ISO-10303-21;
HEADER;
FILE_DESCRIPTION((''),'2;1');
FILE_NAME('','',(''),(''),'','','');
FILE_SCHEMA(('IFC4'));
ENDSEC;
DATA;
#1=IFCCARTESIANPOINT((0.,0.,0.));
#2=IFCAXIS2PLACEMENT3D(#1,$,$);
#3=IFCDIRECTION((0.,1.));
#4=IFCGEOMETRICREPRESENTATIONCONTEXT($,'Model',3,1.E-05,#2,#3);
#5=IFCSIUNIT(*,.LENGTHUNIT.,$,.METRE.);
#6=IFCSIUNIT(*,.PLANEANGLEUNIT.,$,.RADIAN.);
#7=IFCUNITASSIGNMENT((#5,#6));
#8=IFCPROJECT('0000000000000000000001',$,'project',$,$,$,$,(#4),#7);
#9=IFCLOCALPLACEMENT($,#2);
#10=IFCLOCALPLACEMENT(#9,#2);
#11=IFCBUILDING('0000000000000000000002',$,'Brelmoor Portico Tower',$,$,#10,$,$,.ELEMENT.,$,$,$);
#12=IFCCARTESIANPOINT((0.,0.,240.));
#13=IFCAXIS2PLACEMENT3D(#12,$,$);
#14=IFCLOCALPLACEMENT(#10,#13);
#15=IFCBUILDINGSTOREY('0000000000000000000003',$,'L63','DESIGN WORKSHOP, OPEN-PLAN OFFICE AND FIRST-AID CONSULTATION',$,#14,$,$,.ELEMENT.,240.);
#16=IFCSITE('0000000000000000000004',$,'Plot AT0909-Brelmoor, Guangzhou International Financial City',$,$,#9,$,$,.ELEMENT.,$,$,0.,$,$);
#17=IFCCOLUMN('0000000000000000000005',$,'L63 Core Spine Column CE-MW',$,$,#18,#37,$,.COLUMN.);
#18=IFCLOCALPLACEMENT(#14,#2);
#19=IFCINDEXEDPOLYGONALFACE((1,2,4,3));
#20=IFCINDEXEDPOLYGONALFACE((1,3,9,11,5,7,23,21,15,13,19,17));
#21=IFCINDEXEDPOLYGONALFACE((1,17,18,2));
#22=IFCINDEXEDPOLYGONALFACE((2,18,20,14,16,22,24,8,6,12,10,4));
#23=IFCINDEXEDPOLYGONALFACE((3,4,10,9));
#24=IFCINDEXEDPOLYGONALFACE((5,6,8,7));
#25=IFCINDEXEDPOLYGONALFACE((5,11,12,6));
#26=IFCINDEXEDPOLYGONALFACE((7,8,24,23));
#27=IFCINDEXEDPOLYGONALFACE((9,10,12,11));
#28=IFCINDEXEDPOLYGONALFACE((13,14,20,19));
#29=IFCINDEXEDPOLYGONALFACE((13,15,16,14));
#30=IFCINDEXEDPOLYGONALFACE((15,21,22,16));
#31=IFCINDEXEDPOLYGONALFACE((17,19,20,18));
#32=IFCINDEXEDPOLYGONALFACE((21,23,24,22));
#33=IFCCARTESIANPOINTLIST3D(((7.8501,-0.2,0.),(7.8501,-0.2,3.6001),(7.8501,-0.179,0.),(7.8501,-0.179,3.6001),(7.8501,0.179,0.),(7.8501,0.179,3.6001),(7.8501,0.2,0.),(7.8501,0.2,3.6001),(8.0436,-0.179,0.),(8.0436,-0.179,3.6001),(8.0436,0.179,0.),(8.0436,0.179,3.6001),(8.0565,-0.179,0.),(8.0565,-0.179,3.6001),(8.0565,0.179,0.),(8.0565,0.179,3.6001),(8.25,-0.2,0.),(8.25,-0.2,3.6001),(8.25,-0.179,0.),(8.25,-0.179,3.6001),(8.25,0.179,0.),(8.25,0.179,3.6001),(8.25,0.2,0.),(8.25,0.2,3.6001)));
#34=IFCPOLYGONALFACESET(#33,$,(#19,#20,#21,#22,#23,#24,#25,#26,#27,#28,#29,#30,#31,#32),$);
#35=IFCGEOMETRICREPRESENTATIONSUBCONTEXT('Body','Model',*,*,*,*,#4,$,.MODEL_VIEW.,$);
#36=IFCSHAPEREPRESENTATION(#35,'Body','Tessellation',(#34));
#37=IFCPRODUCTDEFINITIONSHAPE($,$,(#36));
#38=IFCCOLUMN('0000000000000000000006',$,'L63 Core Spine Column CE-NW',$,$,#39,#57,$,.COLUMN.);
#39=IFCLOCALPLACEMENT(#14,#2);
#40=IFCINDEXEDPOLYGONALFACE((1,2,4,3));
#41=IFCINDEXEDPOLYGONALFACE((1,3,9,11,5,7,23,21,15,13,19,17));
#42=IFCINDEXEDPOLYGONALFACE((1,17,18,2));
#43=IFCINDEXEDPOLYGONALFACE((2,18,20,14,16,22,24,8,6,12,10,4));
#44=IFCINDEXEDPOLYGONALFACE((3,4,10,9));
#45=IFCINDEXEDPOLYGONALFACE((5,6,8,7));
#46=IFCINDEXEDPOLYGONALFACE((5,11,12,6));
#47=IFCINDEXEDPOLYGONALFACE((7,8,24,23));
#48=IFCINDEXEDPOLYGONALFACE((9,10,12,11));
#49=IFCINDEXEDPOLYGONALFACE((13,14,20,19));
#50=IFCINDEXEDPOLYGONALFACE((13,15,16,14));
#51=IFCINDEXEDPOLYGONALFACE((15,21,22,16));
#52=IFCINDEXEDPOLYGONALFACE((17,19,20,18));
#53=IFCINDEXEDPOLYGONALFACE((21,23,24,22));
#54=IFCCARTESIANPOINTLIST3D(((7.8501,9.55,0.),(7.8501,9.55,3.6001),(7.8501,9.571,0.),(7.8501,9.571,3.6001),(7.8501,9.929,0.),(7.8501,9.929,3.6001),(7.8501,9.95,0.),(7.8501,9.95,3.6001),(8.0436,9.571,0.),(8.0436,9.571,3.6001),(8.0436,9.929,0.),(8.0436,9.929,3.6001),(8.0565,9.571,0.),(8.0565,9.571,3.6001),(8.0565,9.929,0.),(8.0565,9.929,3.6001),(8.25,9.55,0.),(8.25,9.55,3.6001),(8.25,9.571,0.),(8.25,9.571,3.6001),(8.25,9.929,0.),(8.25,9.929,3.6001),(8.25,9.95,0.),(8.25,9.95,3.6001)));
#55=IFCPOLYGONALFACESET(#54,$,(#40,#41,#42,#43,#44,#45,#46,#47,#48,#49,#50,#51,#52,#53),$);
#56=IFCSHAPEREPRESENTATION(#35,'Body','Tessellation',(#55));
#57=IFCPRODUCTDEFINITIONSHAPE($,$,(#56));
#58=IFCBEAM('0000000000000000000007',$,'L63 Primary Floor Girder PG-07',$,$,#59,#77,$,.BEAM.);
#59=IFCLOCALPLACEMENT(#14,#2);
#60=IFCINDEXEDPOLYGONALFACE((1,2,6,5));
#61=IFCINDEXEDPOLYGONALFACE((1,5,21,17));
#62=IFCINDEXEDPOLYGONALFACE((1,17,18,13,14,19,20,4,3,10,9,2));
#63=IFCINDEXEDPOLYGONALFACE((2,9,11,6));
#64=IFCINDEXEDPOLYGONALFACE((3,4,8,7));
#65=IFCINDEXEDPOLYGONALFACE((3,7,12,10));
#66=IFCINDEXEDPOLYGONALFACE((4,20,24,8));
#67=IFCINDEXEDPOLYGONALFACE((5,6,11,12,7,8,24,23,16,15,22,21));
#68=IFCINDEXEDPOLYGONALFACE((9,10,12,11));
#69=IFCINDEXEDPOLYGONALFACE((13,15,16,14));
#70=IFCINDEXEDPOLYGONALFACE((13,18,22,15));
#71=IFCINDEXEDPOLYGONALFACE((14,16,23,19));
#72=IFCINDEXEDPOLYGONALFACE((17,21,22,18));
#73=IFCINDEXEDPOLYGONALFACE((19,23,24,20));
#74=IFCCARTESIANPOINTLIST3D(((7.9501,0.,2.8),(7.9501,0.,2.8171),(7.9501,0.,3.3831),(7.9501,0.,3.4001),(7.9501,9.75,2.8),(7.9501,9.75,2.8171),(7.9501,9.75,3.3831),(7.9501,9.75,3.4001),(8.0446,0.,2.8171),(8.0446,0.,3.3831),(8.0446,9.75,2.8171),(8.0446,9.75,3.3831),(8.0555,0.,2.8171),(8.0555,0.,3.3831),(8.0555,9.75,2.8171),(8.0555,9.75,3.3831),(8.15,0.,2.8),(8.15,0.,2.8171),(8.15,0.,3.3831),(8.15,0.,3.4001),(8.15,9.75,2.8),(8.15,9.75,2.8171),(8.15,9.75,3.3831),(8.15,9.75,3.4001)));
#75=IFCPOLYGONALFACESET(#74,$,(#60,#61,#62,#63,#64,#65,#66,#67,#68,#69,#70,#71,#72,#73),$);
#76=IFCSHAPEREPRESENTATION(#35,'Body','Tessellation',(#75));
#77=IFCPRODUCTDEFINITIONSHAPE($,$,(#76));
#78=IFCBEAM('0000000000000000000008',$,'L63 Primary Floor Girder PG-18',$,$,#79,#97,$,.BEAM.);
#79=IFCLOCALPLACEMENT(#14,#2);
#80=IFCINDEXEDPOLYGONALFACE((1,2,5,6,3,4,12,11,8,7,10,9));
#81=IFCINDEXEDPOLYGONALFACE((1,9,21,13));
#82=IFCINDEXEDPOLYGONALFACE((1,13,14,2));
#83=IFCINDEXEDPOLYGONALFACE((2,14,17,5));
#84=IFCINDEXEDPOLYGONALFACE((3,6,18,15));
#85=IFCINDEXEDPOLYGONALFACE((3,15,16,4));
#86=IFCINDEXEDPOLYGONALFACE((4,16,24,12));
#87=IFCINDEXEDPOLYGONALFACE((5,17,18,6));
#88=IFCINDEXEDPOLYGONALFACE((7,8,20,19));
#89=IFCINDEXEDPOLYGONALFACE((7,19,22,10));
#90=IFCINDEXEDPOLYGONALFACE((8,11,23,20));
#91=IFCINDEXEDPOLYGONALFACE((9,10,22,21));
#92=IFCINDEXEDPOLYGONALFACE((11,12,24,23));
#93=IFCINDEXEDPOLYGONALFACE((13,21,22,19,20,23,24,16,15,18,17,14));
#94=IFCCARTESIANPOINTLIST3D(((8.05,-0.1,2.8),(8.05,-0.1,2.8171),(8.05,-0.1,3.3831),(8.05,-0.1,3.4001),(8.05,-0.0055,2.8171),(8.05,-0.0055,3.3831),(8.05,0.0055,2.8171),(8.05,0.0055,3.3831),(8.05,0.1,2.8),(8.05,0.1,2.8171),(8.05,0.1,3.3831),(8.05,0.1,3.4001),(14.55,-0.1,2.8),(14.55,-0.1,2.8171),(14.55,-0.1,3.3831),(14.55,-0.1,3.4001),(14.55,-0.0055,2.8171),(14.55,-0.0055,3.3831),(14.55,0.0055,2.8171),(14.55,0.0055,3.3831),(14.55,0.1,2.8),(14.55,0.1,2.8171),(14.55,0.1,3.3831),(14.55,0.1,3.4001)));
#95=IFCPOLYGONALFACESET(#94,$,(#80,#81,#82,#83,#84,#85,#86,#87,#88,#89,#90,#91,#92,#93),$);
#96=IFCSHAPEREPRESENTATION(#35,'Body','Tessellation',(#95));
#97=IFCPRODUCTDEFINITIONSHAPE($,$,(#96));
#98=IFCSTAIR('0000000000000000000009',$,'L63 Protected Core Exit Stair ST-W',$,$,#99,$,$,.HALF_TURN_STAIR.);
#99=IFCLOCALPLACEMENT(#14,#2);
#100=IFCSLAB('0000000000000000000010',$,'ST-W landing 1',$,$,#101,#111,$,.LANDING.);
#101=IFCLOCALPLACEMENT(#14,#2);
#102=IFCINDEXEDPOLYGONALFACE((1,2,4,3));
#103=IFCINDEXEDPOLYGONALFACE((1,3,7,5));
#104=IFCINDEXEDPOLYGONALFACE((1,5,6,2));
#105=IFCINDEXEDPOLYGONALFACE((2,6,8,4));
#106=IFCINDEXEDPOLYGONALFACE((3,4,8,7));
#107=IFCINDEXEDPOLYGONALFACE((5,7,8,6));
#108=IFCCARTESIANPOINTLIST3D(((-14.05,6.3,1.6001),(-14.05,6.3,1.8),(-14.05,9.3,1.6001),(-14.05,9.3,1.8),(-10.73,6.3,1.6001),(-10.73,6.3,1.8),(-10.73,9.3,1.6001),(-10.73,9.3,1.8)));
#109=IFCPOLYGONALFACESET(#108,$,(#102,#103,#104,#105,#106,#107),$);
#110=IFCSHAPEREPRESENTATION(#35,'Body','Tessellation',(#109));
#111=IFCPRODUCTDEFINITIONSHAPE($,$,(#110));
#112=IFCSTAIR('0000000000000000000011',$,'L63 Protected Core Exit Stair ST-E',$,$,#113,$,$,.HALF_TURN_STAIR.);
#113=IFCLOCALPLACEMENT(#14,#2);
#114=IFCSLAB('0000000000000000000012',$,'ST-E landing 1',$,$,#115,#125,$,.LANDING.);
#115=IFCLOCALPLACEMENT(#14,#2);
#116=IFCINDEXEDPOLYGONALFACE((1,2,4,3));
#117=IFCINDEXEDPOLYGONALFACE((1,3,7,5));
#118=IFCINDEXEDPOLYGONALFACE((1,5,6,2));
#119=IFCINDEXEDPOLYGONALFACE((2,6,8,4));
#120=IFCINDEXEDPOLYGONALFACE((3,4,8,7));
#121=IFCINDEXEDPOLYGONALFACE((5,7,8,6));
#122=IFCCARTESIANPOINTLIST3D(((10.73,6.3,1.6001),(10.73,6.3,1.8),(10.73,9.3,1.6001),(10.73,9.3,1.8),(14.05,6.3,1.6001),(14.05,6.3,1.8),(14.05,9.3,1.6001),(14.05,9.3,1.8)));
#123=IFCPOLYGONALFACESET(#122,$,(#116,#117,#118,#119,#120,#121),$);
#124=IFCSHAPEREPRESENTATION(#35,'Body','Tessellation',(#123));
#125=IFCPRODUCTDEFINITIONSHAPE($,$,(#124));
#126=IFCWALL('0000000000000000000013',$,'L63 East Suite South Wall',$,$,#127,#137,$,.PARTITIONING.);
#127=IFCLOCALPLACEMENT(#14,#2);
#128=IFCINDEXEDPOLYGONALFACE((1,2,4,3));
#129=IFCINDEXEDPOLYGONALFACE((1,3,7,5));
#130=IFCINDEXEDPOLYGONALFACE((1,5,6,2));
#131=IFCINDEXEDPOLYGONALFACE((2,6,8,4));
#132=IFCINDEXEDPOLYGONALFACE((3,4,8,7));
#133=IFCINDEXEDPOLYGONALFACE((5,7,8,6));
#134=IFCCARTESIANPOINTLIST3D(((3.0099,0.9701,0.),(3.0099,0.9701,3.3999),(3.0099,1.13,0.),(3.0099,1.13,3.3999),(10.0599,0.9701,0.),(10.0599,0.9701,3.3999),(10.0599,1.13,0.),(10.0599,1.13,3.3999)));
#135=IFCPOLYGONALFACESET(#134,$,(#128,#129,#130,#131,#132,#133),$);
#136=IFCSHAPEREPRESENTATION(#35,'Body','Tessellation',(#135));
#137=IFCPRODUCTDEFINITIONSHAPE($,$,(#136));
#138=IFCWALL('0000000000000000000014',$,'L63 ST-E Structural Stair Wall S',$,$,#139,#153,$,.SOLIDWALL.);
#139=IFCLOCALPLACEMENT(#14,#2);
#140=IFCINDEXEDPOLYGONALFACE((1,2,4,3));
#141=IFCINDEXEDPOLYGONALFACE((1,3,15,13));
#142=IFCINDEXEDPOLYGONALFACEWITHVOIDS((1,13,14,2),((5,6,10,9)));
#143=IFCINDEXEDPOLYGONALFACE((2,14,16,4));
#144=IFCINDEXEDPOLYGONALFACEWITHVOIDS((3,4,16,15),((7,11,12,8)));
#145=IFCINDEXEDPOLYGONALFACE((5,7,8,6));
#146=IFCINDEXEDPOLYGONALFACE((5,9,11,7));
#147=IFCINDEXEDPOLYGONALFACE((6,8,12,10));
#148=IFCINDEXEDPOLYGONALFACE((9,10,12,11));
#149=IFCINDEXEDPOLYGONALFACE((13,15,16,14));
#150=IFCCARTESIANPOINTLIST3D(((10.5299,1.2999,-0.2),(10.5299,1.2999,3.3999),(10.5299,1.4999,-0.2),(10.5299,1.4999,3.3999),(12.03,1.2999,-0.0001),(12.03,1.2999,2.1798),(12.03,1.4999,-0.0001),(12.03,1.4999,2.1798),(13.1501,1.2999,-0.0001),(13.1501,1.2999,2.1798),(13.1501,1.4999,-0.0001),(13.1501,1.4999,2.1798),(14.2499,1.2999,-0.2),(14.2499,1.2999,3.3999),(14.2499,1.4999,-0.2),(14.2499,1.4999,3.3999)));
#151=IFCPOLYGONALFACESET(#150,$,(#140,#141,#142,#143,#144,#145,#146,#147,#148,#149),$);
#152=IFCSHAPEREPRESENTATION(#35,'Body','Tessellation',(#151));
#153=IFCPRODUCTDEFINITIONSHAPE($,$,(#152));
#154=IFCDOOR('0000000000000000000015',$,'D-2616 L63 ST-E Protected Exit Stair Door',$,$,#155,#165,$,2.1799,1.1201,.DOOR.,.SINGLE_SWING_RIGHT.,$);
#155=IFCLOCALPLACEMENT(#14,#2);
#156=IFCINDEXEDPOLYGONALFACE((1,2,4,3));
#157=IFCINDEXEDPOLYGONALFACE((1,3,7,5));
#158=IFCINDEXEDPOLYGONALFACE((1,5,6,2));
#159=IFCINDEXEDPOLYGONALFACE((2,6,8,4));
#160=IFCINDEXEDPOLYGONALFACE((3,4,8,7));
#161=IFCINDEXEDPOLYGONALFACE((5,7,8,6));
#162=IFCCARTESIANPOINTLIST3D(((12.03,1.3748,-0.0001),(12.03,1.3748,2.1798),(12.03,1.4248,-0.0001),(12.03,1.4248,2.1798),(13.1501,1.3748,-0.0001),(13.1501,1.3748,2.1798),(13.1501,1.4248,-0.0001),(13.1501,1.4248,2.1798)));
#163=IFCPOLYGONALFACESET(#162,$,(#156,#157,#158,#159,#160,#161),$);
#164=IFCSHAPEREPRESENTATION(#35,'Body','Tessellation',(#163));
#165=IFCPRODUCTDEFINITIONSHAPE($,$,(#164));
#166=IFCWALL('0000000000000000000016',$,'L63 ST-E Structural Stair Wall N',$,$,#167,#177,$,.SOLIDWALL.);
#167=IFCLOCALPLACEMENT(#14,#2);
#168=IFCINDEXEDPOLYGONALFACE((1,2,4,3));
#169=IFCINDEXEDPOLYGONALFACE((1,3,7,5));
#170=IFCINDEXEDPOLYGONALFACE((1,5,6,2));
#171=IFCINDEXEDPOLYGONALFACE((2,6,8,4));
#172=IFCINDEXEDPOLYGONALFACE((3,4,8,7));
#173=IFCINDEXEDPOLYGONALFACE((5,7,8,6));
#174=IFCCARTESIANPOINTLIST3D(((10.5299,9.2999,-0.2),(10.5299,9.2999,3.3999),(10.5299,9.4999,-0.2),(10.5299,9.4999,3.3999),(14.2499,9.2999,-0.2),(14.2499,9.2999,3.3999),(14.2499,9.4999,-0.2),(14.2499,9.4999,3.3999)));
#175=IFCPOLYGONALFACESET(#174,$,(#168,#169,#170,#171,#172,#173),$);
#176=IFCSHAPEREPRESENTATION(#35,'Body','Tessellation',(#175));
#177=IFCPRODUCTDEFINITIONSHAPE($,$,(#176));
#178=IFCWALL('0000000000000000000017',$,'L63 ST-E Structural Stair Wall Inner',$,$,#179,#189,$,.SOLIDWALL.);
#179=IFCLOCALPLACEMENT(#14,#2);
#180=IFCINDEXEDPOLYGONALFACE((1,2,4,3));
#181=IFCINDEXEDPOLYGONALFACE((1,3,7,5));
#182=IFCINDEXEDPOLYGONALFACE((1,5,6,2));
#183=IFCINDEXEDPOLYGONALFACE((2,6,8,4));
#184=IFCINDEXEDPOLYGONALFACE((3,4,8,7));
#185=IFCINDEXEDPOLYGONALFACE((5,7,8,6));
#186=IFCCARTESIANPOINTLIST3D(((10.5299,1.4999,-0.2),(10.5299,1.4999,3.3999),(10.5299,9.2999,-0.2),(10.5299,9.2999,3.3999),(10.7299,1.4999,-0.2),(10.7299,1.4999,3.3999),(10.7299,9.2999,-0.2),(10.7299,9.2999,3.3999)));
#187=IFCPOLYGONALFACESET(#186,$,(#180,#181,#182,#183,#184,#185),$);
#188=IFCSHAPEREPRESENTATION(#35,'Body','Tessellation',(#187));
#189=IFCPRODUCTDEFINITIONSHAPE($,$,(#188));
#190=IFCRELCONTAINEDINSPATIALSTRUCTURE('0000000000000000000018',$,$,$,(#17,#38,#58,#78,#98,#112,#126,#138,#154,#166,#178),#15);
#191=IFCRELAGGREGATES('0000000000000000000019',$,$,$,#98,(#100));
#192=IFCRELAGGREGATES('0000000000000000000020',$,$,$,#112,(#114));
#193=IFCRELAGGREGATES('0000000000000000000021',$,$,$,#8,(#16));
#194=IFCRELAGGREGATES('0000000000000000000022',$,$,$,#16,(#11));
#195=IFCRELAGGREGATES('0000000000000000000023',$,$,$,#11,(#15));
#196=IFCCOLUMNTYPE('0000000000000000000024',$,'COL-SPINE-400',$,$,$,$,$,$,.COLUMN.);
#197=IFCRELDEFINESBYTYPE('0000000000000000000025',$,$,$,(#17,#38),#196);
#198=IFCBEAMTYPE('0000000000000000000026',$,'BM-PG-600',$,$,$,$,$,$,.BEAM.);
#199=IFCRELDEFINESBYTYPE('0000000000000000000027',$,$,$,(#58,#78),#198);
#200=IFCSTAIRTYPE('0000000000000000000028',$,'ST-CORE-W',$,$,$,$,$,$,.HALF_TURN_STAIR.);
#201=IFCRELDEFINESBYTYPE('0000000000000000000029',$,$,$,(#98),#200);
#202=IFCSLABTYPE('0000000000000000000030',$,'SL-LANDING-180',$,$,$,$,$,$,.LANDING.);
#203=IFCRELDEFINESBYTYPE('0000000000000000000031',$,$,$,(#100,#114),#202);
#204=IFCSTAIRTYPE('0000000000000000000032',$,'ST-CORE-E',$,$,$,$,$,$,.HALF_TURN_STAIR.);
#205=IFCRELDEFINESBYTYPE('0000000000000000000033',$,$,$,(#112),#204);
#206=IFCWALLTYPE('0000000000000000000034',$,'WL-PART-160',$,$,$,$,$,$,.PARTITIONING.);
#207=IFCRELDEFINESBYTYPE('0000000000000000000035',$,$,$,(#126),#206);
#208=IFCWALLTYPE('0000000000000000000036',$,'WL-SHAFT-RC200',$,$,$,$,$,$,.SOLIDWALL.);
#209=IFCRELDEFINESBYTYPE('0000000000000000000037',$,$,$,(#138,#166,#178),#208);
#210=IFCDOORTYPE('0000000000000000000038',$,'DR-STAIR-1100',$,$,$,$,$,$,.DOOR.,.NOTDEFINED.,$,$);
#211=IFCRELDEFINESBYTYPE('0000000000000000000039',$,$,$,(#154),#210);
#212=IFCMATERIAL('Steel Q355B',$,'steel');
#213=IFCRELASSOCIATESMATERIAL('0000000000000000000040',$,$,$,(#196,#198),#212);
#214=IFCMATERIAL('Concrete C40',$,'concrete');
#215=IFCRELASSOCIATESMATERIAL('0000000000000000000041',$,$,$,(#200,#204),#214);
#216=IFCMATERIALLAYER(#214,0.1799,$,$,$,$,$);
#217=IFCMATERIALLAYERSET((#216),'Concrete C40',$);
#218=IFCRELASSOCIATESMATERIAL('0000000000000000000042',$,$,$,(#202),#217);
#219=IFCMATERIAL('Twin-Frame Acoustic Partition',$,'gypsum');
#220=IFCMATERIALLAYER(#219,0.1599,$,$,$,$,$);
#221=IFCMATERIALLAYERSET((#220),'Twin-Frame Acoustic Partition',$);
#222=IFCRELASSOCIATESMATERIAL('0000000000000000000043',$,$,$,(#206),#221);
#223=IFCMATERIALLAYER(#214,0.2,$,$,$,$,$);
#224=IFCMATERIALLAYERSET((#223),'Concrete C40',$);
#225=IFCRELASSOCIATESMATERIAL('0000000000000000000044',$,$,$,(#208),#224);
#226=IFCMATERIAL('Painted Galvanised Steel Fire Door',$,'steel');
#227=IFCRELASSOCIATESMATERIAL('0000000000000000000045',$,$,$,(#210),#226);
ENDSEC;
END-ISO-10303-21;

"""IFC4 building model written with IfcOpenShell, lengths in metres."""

from ifc_helpers import new_model, si_unit, direction, frame, frame_2d, origin, origin_2d, place, context, subcontext, project, spatial, polyline, rectangle, i_section, outline, extrude, material, layer, layer_set, material_profile, profile_set, type_object, element, fill, aggregate, save


model = new_model("IFC4")

# Units and contexts
model_context = context("Model", 3, precision=1e-05, world=origin(), true_north=direction((0.0, 1.0)))
body_context = subcontext(model_context, "Body", "Model", "MODEL_VIEW")
ifc_project = project(units=[si_unit("LENGTHUNIT", "METRE"), si_unit("PLANEANGLEUNIT", "RADIAN")], contexts=[model_context])

# Site, building, storey
site_placement = place(None, origin())
site = spatial("IfcSite", under=ifc_project, at=site_placement, Name="Plot AT0909-Brelmoor, Guangzhou International Financial City", CompositionType="ELEMENT", RefElevation=0.0)
building_placement = place(site_placement, origin())
building = spatial("IfcBuilding", under=site, at=building_placement, Name="Brelmoor Portico Tower", CompositionType="ELEMENT")
storey_placement = place(building_placement, frame((0.0, 0.0, 240.0)))
storey = spatial("IfcBuildingStorey", under=building, at=storey_placement, Name="L63", Description="DESIGN WORKSHOP, OPEN-PLAN OFFICE AND FIRST-AID CONSULTATION", CompositionType="ELEMENT", Elevation=240.0)

# Columns
ifc_material_1 = material(Name="Steel Q355B", Category="steel")
ifc_material_profile_1 = material_profile(ifc_material_1, i_section(OverallWidth=0.3999, OverallDepth=0.3999, WebThickness=0.0129, FlangeThickness=0.021, at=origin_2d()), Name="HW 400x400x13x21")
ifc_profile_set_1 = profile_set([ifc_material_profile_1], Name="Steel Q355B")
column_type = type_object("IfcColumnType", Name="COL-SPINE-400", PredefinedType="COLUMN", material=ifc_profile_set_1)
for number, where, z_axis, x_axis, name in (
    (1, (8.05, 0.0, 0.0), (0.0, 0.0, 1.0), (1.0, 0.0, 0.0), "L63 Core Spine Column CE-MW"),
    (2, (8.05, 9.75, 0.0), (0.0, 0.0, 1.0), (1.0, 0.0, 0.0), "L63 Core Spine Column CE-NW"),
):
    element("IfcColumn", number, at=place(storey_placement, frame(where, z_axis=z_axis, x_axis=x_axis)), inside=storey, type_object=column_type, Name=name, PredefinedType="COLUMN", context=body_context, shape_type="SweptSolid", body=[
        extrude(i_section(OverallWidth=0.3999, OverallDepth=0.3999, WebThickness=0.0129, FlangeThickness=0.021, at=origin_2d()), origin(), (0.0, 0.0, 1.0), 3.6001),
    ])

# Beams
ifc_material_profile_2 = material_profile(ifc_material_1, i_section(OverallWidth=0.2, OverallDepth=0.6001, WebThickness=0.011, FlangeThickness=0.0171, at=origin_2d()), Name="HN 600x200x11x17")
ifc_profile_set_2 = profile_set([ifc_material_profile_2], Name="Steel Q355B")
beam_type = type_object("IfcBeamType", Name="BM-PG-600", PredefinedType="BEAM", material=ifc_profile_set_2)
beam_1_placement = place(storey_placement, frame((8.05, 0.0, 3.1001), z_axis=(0.0, 1.0, 0.0), x_axis=(-1.0, 0.0, 0.0)))
element("IfcBeam", 3, at=beam_1_placement, inside=storey, type_object=beam_type, Name="L63 Primary Floor Girder PG-07", PredefinedType="BEAM", context=body_context, shape_type="SweptSolid", body=[
    extrude(i_section(OverallWidth=0.2, OverallDepth=0.6001, WebThickness=0.011, FlangeThickness=0.0171, at=origin_2d()), origin(), (0.0, 0.0, 1.0), 9.75),
])
beam_2_placement = place(storey_placement, frame((8.05, 0.0, 3.1001), z_axis=(1.0, 0.0, 0.0), x_axis=(0.0, 1.0, 0.0)))
element("IfcBeam", 4, at=beam_2_placement, inside=storey, type_object=beam_type, Name="L63 Primary Floor Girder PG-18", PredefinedType="BEAM", context=body_context, shape_type="SweptSolid", body=[
    extrude(i_section(OverallWidth=0.2, OverallDepth=0.6001, WebThickness=0.011, FlangeThickness=0.0171, at=origin_2d()), origin(), (0.0, 0.0, 1.0), 6.5),
])

# Stairs, slabs
ifc_material_2 = material(Name="Concrete C40", Category="concrete")
stair_type_1 = type_object("IfcStairType", Name="ST-CORE-W", PredefinedType="HALF_TURN_STAIR", material=ifc_material_2)
stair_1_placement = place(storey_placement, origin())
stair_1 = element("IfcStair", 5, at=stair_1_placement, inside=storey, type_object=stair_type_1, Name="L63 Protected Core Exit Stair ST-W", PredefinedType="HALF_TURN_STAIR")
ifc_layer_1 = layer(ifc_material_2, 0.1799)
ifc_layer_set_1 = layer_set([ifc_layer_1], Name="Concrete C40")
slab_type = type_object("IfcSlabType", Name="SL-LANDING-180", PredefinedType="LANDING", material=ifc_layer_set_1)
slab_1_placement = place(storey_placement, frame((0.0, 0.0, 1.6001)))
slab_1 = element("IfcSlab", 6, at=slab_1_placement, type_object=slab_type, Name="ST-W landing 1", PredefinedType="LANDING", context=body_context, shape_type="SweptSolid", body=[
    extrude(outline(polyline([(-10.73, 6.3), (-10.73, 9.3), (-14.05, 9.3), (-14.05, 6.3), (-10.73, 6.3)])), origin(), (0.0, 0.0, 1.0), 0.2),
])
aggregate(stair_1, [slab_1])
stair_type_2 = type_object("IfcStairType", Name="ST-CORE-E", PredefinedType="HALF_TURN_STAIR", material=ifc_material_2)
stair_2_placement = place(storey_placement, origin())
stair_2 = element("IfcStair", 7, at=stair_2_placement, inside=storey, type_object=stair_type_2, Name="L63 Protected Core Exit Stair ST-E", PredefinedType="HALF_TURN_STAIR")
slab_2_placement = place(storey_placement, frame((0.0, 0.0, 1.6001)))
slab_2 = element("IfcSlab", 8, at=slab_2_placement, type_object=slab_type, Name="ST-E landing 1", PredefinedType="LANDING", context=body_context, shape_type="SweptSolid", body=[
    extrude(outline(polyline([(14.05, 6.3), (14.05, 9.3), (10.73, 9.3), (10.73, 6.3), (14.05, 6.3)])), origin(), (0.0, 0.0, 1.0), 0.2),
])

# Wall
ifc_material_3 = material(Name="Twin-Frame Acoustic Partition", Category="gypsum")
ifc_layer_2 = layer(ifc_material_3, 0.1599)
ifc_layer_set_2 = layer_set([ifc_layer_2], Name="Twin-Frame Acoustic Partition")
wall_type_1 = type_object("IfcWallType", Name="WL-PART-160", PredefinedType="PARTITIONING", material=ifc_layer_set_2)
wall_1_placement = place(storey_placement, frame((3.01, 1.05, 0.0), z_axis=(0.0, 0.0, 1.0), x_axis=(1.0, 0.0, 0.0)))
element("IfcWall", 9, at=wall_1_placement, inside=storey, type_object=wall_type_1, Name="L63 East Suite South Wall", PredefinedType="PARTITIONING", context=body_context, shape_type="SweptSolid", body=[
    extrude(rectangle(XDim=7.05, YDim=0.1599, at=frame_2d((3.5249, 0.0))), origin(), (0.0, 0.0, 1.0), 3.3999),
])

# Wall, opening, door
ifc_layer_3 = layer(ifc_material_2, 0.2)
ifc_layer_set_3 = layer_set([ifc_layer_3], Name="Concrete C40")
wall_type_2 = type_object("IfcWallType", Name="WL-SHAFT-RC200", PredefinedType="SOLIDWALL", material=ifc_layer_set_3)
wall_2_placement = place(storey_placement, frame((10.53, 1.3999, -0.2), z_axis=(0.0, 0.0, 1.0), x_axis=(1.0, 0.0, 0.0)))
wall_2 = element("IfcWall", 10, at=wall_2_placement, inside=storey, type_object=wall_type_2, Name="L63 ST-E Structural Stair Wall S", PredefinedType="SOLIDWALL", context=body_context, shape_type="SweptSolid", body=[
    extrude(rectangle(XDim=3.72, YDim=0.2, at=frame_2d((1.8599, 0.0))), origin(), (0.0, 0.0, 1.0), 3.5999),
])
opening_placement = place(wall_2_placement, frame((1.5, 0.0, 0.2)))
opening = element("IfcOpeningElement", 11, at=opening_placement, cuts=wall_2, PredefinedType="OPENING", context=body_context, shape_type="SweptSolid", body=[
    extrude(rectangle(XDim=1.1201, YDim=2.1799, at=frame_2d((0.5601, 1.0898))), frame((0.0, 0.1099, 0.0), z_axis=(0.0, -1.0, 0.0), x_axis=(1.0, 0.0, 0.0)), (0.0, 0.0, 1.0), 0.22),
])
ifc_material_4 = material(Name="Painted Galvanised Steel Fire Door", Category="steel")
door_type = type_object("IfcDoorType", Name="DR-STAIR-1100", OperationType="NOTDEFINED", PredefinedType="DOOR", material=ifc_material_4)
door_placement = place(opening_placement, origin())
door = element("IfcDoor", 12, at=door_placement, inside=storey, type_object=door_type, Name="D-2616 L63 ST-E Protected Exit Stair Door", OperationType="SINGLE_SWING_RIGHT", OverallHeight=2.1799, OverallWidth=1.1201, PredefinedType="DOOR", context=body_context, shape_type="SweptSolid", body=[
    extrude(rectangle(XDim=1.1201, YDim=2.1799, at=frame_2d((0.5601, 1.0898))), frame((0.0, 0.0249, 0.0), z_axis=(0.0, -1.0, 0.0), x_axis=(1.0, 0.0, 0.0)), (0.0, 0.0, 1.0), 0.05),
])
fill(opening, door)

# Walls
wall_3_placement = place(storey_placement, frame((10.53, 9.3999, -0.2), z_axis=(0.0, 0.0, 1.0), x_axis=(1.0, 0.0, 0.0)))
element("IfcWall", 13, at=wall_3_placement, inside=storey, type_object=wall_type_2, Name="L63 ST-E Structural Stair Wall N", PredefinedType="SOLIDWALL", context=body_context, shape_type="SweptSolid", body=[
    extrude(rectangle(XDim=3.72, YDim=0.2, at=frame_2d((1.8599, 0.0))), origin(), (0.0, 0.0, 1.0), 3.5999),
])
wall_4_placement = place(storey_placement, frame((10.6299, 1.5, -0.2), z_axis=(0.0, 0.0, 1.0), x_axis=(0.0, 1.0, 0.0)))
element("IfcWall", 14, at=wall_4_placement, inside=storey, type_object=wall_type_2, Name="L63 ST-E Structural Stair Wall Inner", PredefinedType="SOLIDWALL", context=body_context, shape_type="SweptSolid", body=[
    extrude(rectangle(XDim=7.8, YDim=0.2, at=frame_2d((3.8999, 0.0))), origin(), (0.0, 0.0, 1.0), 3.5999),
])

aggregate(stair_2, [slab_2])

save(model, "model.ifc")
